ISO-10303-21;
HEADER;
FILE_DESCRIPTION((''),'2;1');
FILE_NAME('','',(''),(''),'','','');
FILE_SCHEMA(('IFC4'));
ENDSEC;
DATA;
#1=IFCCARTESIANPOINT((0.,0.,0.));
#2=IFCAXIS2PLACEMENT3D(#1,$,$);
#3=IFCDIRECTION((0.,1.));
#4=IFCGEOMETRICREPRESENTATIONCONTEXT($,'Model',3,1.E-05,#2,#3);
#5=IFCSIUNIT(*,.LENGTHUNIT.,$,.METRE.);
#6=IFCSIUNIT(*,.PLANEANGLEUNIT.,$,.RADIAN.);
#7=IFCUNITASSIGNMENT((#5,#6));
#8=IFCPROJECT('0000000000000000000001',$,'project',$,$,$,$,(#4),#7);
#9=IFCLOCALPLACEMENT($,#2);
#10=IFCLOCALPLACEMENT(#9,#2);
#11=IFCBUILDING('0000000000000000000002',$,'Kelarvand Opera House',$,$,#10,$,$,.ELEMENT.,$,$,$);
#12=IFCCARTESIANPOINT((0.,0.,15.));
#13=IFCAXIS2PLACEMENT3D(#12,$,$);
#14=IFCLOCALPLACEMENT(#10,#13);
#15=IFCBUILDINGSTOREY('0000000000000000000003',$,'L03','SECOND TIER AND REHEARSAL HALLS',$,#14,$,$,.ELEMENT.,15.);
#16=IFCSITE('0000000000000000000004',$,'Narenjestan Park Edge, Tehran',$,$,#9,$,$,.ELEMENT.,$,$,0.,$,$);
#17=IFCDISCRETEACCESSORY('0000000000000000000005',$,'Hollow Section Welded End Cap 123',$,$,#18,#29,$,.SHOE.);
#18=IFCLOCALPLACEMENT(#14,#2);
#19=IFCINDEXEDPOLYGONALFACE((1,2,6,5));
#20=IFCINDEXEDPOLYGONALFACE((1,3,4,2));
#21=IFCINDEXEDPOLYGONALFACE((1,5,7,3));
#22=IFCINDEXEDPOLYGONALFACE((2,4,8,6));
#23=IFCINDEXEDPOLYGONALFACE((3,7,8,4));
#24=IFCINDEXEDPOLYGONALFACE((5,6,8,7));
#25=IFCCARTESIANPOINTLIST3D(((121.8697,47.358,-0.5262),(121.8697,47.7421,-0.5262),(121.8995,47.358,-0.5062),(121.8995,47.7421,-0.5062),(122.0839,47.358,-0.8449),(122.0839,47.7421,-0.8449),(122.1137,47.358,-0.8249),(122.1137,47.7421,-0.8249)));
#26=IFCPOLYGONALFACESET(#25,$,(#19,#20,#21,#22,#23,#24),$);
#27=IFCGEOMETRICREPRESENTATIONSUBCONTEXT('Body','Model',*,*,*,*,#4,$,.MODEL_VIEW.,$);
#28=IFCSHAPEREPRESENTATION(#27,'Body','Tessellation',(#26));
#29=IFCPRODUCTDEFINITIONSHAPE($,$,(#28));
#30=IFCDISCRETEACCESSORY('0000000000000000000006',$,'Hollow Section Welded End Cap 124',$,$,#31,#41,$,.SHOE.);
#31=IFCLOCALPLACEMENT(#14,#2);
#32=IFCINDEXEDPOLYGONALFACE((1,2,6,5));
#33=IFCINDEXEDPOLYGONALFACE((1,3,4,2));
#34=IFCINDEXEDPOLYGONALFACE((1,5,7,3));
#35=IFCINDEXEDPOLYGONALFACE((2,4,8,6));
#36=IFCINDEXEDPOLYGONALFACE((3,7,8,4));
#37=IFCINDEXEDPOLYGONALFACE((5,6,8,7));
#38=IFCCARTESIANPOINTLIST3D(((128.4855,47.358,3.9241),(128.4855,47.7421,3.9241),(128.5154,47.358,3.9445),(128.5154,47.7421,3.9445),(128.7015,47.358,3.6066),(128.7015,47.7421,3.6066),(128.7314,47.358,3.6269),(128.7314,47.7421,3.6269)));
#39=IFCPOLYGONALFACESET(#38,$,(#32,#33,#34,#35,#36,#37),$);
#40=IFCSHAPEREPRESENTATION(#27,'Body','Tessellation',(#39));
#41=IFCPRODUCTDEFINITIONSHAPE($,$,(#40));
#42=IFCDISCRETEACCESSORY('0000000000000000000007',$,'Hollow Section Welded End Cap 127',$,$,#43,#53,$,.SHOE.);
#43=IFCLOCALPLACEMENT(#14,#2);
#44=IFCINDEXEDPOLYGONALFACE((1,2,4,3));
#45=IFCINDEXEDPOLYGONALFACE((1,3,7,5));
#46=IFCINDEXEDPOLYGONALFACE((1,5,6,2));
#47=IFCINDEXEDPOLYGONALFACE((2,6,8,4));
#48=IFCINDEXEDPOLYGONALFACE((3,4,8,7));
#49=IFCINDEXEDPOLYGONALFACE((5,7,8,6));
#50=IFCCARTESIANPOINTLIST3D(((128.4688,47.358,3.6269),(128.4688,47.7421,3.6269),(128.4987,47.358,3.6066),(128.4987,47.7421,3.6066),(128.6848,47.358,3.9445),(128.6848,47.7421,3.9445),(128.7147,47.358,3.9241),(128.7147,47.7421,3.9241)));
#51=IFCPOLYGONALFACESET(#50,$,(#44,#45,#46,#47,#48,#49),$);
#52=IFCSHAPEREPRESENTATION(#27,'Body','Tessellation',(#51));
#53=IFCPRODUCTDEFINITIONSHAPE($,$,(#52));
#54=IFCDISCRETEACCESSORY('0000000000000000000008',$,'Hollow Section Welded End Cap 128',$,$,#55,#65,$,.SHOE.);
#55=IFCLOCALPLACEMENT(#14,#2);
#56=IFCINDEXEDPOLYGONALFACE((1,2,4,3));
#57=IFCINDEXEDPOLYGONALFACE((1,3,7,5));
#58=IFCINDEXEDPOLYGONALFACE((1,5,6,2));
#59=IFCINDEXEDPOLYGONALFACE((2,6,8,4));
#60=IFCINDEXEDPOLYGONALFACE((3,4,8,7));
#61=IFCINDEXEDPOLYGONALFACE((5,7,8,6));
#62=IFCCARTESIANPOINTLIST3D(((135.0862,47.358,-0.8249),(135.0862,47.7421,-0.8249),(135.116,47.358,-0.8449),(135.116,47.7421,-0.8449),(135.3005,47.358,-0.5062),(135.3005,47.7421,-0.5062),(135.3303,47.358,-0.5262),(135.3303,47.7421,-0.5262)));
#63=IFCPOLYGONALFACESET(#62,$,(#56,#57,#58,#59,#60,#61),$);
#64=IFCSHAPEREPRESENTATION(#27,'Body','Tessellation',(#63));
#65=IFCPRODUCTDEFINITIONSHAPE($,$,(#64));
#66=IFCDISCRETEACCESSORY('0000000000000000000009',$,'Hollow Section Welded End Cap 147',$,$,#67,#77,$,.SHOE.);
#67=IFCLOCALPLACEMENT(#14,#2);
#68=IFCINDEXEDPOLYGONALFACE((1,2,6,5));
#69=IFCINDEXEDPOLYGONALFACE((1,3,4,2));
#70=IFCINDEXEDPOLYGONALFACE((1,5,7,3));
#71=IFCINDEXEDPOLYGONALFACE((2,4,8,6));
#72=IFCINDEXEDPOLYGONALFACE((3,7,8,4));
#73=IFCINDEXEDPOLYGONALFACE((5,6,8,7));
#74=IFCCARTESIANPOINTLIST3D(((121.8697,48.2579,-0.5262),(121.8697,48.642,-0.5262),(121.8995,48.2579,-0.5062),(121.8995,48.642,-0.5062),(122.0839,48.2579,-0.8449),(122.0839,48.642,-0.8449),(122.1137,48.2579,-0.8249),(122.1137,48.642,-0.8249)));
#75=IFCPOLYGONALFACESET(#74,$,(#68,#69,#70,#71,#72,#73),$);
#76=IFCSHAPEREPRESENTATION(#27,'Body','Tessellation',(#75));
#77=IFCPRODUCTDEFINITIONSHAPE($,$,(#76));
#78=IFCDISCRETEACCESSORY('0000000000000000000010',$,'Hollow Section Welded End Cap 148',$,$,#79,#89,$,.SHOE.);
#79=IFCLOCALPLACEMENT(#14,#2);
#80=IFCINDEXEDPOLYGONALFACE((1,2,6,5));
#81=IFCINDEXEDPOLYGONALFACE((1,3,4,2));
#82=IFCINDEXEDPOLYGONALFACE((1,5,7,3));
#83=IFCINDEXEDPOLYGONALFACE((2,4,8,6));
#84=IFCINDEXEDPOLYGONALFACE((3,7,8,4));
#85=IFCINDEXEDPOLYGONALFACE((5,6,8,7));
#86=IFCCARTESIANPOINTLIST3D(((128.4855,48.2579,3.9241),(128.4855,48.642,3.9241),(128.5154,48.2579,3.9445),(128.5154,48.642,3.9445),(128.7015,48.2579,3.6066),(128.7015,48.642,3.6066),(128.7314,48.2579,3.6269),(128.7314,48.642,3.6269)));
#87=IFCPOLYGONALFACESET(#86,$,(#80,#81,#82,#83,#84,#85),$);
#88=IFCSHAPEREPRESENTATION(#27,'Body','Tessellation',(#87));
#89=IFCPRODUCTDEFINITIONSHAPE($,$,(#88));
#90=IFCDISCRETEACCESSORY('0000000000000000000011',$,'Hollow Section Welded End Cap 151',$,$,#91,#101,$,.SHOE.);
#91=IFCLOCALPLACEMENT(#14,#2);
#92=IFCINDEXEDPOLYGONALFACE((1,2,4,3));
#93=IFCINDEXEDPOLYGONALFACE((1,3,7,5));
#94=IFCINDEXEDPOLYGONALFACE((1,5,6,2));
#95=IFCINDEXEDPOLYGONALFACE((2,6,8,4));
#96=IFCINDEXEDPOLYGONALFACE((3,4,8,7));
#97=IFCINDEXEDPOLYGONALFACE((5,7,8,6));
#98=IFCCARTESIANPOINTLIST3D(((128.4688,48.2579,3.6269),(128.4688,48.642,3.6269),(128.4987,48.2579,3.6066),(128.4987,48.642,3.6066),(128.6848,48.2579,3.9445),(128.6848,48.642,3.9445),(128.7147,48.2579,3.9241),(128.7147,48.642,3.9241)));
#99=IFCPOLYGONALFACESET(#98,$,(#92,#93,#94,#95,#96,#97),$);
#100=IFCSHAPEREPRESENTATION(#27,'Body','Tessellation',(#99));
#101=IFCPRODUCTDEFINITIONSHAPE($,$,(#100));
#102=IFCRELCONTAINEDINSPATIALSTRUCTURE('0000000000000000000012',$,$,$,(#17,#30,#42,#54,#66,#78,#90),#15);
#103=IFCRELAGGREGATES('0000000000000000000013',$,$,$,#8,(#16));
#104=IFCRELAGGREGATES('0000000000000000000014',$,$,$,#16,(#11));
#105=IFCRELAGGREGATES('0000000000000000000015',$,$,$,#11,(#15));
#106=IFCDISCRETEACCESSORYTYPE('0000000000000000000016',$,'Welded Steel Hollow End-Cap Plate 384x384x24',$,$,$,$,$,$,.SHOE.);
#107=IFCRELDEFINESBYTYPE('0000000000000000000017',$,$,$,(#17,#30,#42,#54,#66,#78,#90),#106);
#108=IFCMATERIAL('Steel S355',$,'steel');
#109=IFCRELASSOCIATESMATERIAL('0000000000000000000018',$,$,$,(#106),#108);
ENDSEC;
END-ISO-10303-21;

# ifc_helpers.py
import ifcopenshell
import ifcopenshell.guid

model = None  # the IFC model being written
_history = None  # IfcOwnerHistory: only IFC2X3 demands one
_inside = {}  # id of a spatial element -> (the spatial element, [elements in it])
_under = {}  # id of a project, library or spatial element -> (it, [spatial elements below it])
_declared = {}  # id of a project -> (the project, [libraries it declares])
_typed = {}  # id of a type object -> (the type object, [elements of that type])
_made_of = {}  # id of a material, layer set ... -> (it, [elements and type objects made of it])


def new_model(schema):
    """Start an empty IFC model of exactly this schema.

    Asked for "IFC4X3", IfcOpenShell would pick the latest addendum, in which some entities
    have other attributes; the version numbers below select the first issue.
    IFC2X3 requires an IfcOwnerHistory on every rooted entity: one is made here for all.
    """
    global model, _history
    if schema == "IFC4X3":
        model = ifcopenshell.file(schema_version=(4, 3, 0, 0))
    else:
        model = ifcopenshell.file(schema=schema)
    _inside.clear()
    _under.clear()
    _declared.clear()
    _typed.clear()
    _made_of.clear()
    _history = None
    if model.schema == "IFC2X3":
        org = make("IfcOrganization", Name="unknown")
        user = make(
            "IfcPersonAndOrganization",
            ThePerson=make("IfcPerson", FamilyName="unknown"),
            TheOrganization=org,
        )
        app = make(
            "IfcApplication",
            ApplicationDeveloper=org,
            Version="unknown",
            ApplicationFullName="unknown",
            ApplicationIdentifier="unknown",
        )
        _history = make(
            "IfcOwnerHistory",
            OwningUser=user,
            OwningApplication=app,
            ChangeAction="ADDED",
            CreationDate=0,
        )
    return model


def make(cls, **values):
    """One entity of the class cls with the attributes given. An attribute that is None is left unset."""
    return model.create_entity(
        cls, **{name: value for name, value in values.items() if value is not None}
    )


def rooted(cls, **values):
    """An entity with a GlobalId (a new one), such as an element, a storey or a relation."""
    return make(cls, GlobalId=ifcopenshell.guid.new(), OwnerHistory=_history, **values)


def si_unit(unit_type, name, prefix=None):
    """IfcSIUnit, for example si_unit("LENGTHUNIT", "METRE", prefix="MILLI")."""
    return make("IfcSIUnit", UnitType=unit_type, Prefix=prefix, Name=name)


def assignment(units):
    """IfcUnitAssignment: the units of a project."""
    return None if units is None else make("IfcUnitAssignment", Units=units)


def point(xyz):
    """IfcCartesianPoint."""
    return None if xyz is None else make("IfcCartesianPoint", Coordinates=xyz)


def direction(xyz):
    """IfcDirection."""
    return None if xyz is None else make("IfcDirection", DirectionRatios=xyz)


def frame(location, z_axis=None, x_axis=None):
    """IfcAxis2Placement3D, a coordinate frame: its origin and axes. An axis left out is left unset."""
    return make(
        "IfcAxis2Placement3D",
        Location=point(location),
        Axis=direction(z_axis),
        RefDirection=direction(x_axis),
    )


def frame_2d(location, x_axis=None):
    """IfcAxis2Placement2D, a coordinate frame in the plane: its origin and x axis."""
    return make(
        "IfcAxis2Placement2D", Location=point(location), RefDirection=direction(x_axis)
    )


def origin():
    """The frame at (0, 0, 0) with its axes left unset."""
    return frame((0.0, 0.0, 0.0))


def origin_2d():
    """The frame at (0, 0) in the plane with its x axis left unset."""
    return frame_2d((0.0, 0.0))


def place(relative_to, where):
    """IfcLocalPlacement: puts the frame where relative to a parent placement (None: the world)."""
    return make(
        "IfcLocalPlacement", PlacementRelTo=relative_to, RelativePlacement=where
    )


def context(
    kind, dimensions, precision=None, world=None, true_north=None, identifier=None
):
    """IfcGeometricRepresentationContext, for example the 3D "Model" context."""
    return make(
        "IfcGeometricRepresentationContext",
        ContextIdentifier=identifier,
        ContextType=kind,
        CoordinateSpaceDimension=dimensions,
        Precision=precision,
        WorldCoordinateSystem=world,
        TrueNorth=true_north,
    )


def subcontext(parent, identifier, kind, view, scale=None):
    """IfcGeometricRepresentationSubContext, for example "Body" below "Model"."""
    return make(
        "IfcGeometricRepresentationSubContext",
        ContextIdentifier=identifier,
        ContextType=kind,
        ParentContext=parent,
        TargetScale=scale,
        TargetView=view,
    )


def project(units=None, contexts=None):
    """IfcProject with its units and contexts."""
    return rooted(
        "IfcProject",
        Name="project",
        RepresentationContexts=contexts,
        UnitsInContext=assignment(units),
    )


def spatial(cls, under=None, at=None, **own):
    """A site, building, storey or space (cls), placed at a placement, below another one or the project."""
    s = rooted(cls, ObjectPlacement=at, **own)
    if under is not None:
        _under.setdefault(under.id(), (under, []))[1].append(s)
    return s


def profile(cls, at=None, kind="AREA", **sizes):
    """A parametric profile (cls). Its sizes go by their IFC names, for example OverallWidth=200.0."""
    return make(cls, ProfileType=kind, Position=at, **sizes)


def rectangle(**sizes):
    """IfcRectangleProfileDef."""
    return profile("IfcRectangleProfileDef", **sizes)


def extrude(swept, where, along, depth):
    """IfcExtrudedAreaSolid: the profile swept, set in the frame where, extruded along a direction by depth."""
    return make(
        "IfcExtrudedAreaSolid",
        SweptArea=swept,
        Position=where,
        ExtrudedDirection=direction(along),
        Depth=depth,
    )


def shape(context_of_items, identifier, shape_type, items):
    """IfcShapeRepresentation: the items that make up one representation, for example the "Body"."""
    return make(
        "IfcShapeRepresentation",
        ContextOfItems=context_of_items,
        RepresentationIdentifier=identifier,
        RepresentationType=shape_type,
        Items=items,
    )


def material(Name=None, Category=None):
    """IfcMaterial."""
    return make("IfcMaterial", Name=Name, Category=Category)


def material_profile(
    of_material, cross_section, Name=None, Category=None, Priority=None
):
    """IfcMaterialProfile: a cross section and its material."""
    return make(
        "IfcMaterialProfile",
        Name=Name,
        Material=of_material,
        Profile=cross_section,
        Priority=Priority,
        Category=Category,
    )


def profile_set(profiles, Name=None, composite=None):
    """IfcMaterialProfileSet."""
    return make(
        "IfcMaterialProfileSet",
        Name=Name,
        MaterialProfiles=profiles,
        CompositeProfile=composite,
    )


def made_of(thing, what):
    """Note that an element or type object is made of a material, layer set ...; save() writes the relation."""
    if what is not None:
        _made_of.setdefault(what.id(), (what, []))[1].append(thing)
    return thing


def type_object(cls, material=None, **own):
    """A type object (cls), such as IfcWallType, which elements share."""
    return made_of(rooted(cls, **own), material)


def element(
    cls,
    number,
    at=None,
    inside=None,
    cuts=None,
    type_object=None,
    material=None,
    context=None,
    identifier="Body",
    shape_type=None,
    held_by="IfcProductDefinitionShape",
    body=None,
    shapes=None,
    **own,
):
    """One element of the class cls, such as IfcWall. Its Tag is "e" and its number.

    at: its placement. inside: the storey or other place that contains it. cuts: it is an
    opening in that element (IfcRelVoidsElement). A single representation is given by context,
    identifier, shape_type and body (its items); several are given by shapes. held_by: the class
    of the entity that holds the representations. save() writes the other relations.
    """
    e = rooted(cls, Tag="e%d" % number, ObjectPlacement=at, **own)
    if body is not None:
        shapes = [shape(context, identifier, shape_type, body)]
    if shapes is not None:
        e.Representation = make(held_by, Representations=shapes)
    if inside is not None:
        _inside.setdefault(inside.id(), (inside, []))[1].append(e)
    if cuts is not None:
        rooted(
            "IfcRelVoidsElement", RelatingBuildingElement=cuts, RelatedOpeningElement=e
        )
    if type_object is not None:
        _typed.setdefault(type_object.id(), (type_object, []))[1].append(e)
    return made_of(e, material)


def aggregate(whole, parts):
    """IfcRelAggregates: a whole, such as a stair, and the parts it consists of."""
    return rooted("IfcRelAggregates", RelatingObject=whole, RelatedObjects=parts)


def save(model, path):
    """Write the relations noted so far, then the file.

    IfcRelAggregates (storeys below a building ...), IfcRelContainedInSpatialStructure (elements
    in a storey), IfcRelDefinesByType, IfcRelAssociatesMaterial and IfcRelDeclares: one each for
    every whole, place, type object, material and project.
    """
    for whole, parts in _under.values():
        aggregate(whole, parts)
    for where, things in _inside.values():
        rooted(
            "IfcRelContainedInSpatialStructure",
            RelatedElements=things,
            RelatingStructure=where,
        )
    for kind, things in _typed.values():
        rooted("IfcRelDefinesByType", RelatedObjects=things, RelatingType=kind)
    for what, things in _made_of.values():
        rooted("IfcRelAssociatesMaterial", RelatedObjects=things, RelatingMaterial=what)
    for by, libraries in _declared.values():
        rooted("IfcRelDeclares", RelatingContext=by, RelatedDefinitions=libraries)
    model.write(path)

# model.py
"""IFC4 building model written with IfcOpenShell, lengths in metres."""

from ifc_helpers import new_model, si_unit, direction, frame, origin, origin_2d, place, context, subcontext, project, spatial, rectangle, extrude, material, material_profile, profile_set, type_object, element, save


model = new_model("IFC4")

# Units and contexts
model_context = context("Model", 3, precision=1e-05, world=origin(), true_north=direction((0.0, 1.0)))
body_context = subcontext(model_context, "Body", "Model", "MODEL_VIEW")
ifc_project = project(units=[si_unit("LENGTHUNIT", "METRE"), si_unit("PLANEANGLEUNIT", "RADIAN")], contexts=[model_context])

# Site, building, storey
site_placement = place(None, origin())
site = spatial("IfcSite", under=ifc_project, at=site_placement, Name="Narenjestan Park Edge, Tehran", CompositionType="ELEMENT", RefElevation=0.0)
building_placement = place(site_placement, origin())
building = spatial("IfcBuilding", under=site, at=building_placement, Name="Kelarvand Opera House", CompositionType="ELEMENT")
storey_placement = place(building_placement, frame((0.0, 0.0, 15.0)))
storey = spatial("IfcBuildingStorey", under=building, at=storey_placement, Name="L03", Description="SECOND TIER AND REHEARSAL HALLS", CompositionType="ELEMENT", Elevation=15.0)

# Shared definitions
ifc_material_1 = material(Name="Steel S355", Category="steel")

# Discrete accessories
ifc_material_profile_1 = material_profile(ifc_material_1, rectangle(XDim=0.384, YDim=0.384, at=origin_2d()), Name="Welded Steel Hollow End-Cap Plate 384x384x24", Category="steel")
ifc_profile_set_1 = profile_set([ifc_material_profile_1], Name="Steel S355")
discrete_accessory_type = type_object("IfcDiscreteAccessoryType", Name="Welded Steel Hollow End-Cap Plate 384x384x24", PredefinedType="SHOE", material=ifc_profile_set_1)
discrete_accessory_placement = place(storey_placement, frame((122.0066, 47.55, -0.6655), z_axis=(-0.829951, 0.0, -0.557836), x_axis=(0.0, -1.0, 0.0)))
element("IfcDiscreteAccessory", 1, at=discrete_accessory_placement, inside=storey, type_object=discrete_accessory_type, Name="Hollow Section Welded End Cap 123", PredefinedType="SHOE", context=body_context, shape_type="SweptSolid", body=[
    extrude(rectangle(XDim=0.384, YDim=0.384, at=origin_2d()), origin(), (0.0, 0.0, 1.0), 0.0359),
])
for number, where, z_axis, x_axis, name in (
    (2, (128.5935, 47.55, 3.7654), (0.8268, 0.0, 0.562495), (0.0, 1.0, 0.0), "Hollow Section Welded End Cap 124"),
    (3, (128.6067, 47.55, 3.7654), (-0.8268, 0.0, 0.562495), (0.0, -1.0, 0.0), "Hollow Section Welded End Cap 127"),
):
    element("IfcDiscreteAccessory", number, at=place(storey_placement, frame(where, z_axis=z_axis, x_axis=x_axis)), inside=storey, type_object=discrete_accessory_type, Name=name, PredefinedType="SHOE", context=body_context, shape_type="SweptSolid", body=[
        extrude(rectangle(XDim=0.384, YDim=0.384, at=origin_2d()), origin(), (0.0, 0.0, 1.0), 0.0361),
    ])
for number, where, z_axis, x_axis, name in (
    (4, (135.1934, 47.55, -0.6655), (0.829951, 0.0, -0.557836), (0.0, 1.0, 0.0), "Hollow Section Welded End Cap 128"),
    (5, (122.0066, 48.45, -0.6655), (-0.829951, 0.0, -0.557836), (0.0, -1.0, 0.0), "Hollow Section Welded End Cap 147"),
):
    element("IfcDiscreteAccessory", number, at=place(storey_placement, frame(where, z_axis=z_axis, x_axis=x_axis)), inside=storey, type_object=discrete_accessory_type, Name=name, PredefinedType="SHOE", context=body_context, shape_type="SweptSolid", body=[
        extrude(rectangle(XDim=0.384, YDim=0.384, at=origin_2d()), origin(), (0.0, 0.0, 1.0), 0.0359),
    ])
for number, where, z_axis, x_axis, name in (
    (6, (128.5935, 48.45, 3.7654), (0.8268, 0.0, 0.562495), (0.0, 1.0, 0.0), "Hollow Section Welded End Cap 148"),
    (7, (128.6067, 48.45, 3.7654), (-0.8268, 0.0, 0.562495), (0.0, -1.0, 0.0), "Hollow Section Welded End Cap 151"),
):
    element("IfcDiscreteAccessory", number, at=place(storey_placement, frame(where, z_axis=z_axis, x_axis=x_axis)), inside=storey, type_object=discrete_accessory_type, Name=name, PredefinedType="SHOE", context=body_context, shape_type="SweptSolid", body=[
        extrude(rectangle(XDim=0.384, YDim=0.384, at=origin_2d()), origin(), (0.0, 0.0, 1.0), 0.0361),
    ])

save(model, "model.ifc")
